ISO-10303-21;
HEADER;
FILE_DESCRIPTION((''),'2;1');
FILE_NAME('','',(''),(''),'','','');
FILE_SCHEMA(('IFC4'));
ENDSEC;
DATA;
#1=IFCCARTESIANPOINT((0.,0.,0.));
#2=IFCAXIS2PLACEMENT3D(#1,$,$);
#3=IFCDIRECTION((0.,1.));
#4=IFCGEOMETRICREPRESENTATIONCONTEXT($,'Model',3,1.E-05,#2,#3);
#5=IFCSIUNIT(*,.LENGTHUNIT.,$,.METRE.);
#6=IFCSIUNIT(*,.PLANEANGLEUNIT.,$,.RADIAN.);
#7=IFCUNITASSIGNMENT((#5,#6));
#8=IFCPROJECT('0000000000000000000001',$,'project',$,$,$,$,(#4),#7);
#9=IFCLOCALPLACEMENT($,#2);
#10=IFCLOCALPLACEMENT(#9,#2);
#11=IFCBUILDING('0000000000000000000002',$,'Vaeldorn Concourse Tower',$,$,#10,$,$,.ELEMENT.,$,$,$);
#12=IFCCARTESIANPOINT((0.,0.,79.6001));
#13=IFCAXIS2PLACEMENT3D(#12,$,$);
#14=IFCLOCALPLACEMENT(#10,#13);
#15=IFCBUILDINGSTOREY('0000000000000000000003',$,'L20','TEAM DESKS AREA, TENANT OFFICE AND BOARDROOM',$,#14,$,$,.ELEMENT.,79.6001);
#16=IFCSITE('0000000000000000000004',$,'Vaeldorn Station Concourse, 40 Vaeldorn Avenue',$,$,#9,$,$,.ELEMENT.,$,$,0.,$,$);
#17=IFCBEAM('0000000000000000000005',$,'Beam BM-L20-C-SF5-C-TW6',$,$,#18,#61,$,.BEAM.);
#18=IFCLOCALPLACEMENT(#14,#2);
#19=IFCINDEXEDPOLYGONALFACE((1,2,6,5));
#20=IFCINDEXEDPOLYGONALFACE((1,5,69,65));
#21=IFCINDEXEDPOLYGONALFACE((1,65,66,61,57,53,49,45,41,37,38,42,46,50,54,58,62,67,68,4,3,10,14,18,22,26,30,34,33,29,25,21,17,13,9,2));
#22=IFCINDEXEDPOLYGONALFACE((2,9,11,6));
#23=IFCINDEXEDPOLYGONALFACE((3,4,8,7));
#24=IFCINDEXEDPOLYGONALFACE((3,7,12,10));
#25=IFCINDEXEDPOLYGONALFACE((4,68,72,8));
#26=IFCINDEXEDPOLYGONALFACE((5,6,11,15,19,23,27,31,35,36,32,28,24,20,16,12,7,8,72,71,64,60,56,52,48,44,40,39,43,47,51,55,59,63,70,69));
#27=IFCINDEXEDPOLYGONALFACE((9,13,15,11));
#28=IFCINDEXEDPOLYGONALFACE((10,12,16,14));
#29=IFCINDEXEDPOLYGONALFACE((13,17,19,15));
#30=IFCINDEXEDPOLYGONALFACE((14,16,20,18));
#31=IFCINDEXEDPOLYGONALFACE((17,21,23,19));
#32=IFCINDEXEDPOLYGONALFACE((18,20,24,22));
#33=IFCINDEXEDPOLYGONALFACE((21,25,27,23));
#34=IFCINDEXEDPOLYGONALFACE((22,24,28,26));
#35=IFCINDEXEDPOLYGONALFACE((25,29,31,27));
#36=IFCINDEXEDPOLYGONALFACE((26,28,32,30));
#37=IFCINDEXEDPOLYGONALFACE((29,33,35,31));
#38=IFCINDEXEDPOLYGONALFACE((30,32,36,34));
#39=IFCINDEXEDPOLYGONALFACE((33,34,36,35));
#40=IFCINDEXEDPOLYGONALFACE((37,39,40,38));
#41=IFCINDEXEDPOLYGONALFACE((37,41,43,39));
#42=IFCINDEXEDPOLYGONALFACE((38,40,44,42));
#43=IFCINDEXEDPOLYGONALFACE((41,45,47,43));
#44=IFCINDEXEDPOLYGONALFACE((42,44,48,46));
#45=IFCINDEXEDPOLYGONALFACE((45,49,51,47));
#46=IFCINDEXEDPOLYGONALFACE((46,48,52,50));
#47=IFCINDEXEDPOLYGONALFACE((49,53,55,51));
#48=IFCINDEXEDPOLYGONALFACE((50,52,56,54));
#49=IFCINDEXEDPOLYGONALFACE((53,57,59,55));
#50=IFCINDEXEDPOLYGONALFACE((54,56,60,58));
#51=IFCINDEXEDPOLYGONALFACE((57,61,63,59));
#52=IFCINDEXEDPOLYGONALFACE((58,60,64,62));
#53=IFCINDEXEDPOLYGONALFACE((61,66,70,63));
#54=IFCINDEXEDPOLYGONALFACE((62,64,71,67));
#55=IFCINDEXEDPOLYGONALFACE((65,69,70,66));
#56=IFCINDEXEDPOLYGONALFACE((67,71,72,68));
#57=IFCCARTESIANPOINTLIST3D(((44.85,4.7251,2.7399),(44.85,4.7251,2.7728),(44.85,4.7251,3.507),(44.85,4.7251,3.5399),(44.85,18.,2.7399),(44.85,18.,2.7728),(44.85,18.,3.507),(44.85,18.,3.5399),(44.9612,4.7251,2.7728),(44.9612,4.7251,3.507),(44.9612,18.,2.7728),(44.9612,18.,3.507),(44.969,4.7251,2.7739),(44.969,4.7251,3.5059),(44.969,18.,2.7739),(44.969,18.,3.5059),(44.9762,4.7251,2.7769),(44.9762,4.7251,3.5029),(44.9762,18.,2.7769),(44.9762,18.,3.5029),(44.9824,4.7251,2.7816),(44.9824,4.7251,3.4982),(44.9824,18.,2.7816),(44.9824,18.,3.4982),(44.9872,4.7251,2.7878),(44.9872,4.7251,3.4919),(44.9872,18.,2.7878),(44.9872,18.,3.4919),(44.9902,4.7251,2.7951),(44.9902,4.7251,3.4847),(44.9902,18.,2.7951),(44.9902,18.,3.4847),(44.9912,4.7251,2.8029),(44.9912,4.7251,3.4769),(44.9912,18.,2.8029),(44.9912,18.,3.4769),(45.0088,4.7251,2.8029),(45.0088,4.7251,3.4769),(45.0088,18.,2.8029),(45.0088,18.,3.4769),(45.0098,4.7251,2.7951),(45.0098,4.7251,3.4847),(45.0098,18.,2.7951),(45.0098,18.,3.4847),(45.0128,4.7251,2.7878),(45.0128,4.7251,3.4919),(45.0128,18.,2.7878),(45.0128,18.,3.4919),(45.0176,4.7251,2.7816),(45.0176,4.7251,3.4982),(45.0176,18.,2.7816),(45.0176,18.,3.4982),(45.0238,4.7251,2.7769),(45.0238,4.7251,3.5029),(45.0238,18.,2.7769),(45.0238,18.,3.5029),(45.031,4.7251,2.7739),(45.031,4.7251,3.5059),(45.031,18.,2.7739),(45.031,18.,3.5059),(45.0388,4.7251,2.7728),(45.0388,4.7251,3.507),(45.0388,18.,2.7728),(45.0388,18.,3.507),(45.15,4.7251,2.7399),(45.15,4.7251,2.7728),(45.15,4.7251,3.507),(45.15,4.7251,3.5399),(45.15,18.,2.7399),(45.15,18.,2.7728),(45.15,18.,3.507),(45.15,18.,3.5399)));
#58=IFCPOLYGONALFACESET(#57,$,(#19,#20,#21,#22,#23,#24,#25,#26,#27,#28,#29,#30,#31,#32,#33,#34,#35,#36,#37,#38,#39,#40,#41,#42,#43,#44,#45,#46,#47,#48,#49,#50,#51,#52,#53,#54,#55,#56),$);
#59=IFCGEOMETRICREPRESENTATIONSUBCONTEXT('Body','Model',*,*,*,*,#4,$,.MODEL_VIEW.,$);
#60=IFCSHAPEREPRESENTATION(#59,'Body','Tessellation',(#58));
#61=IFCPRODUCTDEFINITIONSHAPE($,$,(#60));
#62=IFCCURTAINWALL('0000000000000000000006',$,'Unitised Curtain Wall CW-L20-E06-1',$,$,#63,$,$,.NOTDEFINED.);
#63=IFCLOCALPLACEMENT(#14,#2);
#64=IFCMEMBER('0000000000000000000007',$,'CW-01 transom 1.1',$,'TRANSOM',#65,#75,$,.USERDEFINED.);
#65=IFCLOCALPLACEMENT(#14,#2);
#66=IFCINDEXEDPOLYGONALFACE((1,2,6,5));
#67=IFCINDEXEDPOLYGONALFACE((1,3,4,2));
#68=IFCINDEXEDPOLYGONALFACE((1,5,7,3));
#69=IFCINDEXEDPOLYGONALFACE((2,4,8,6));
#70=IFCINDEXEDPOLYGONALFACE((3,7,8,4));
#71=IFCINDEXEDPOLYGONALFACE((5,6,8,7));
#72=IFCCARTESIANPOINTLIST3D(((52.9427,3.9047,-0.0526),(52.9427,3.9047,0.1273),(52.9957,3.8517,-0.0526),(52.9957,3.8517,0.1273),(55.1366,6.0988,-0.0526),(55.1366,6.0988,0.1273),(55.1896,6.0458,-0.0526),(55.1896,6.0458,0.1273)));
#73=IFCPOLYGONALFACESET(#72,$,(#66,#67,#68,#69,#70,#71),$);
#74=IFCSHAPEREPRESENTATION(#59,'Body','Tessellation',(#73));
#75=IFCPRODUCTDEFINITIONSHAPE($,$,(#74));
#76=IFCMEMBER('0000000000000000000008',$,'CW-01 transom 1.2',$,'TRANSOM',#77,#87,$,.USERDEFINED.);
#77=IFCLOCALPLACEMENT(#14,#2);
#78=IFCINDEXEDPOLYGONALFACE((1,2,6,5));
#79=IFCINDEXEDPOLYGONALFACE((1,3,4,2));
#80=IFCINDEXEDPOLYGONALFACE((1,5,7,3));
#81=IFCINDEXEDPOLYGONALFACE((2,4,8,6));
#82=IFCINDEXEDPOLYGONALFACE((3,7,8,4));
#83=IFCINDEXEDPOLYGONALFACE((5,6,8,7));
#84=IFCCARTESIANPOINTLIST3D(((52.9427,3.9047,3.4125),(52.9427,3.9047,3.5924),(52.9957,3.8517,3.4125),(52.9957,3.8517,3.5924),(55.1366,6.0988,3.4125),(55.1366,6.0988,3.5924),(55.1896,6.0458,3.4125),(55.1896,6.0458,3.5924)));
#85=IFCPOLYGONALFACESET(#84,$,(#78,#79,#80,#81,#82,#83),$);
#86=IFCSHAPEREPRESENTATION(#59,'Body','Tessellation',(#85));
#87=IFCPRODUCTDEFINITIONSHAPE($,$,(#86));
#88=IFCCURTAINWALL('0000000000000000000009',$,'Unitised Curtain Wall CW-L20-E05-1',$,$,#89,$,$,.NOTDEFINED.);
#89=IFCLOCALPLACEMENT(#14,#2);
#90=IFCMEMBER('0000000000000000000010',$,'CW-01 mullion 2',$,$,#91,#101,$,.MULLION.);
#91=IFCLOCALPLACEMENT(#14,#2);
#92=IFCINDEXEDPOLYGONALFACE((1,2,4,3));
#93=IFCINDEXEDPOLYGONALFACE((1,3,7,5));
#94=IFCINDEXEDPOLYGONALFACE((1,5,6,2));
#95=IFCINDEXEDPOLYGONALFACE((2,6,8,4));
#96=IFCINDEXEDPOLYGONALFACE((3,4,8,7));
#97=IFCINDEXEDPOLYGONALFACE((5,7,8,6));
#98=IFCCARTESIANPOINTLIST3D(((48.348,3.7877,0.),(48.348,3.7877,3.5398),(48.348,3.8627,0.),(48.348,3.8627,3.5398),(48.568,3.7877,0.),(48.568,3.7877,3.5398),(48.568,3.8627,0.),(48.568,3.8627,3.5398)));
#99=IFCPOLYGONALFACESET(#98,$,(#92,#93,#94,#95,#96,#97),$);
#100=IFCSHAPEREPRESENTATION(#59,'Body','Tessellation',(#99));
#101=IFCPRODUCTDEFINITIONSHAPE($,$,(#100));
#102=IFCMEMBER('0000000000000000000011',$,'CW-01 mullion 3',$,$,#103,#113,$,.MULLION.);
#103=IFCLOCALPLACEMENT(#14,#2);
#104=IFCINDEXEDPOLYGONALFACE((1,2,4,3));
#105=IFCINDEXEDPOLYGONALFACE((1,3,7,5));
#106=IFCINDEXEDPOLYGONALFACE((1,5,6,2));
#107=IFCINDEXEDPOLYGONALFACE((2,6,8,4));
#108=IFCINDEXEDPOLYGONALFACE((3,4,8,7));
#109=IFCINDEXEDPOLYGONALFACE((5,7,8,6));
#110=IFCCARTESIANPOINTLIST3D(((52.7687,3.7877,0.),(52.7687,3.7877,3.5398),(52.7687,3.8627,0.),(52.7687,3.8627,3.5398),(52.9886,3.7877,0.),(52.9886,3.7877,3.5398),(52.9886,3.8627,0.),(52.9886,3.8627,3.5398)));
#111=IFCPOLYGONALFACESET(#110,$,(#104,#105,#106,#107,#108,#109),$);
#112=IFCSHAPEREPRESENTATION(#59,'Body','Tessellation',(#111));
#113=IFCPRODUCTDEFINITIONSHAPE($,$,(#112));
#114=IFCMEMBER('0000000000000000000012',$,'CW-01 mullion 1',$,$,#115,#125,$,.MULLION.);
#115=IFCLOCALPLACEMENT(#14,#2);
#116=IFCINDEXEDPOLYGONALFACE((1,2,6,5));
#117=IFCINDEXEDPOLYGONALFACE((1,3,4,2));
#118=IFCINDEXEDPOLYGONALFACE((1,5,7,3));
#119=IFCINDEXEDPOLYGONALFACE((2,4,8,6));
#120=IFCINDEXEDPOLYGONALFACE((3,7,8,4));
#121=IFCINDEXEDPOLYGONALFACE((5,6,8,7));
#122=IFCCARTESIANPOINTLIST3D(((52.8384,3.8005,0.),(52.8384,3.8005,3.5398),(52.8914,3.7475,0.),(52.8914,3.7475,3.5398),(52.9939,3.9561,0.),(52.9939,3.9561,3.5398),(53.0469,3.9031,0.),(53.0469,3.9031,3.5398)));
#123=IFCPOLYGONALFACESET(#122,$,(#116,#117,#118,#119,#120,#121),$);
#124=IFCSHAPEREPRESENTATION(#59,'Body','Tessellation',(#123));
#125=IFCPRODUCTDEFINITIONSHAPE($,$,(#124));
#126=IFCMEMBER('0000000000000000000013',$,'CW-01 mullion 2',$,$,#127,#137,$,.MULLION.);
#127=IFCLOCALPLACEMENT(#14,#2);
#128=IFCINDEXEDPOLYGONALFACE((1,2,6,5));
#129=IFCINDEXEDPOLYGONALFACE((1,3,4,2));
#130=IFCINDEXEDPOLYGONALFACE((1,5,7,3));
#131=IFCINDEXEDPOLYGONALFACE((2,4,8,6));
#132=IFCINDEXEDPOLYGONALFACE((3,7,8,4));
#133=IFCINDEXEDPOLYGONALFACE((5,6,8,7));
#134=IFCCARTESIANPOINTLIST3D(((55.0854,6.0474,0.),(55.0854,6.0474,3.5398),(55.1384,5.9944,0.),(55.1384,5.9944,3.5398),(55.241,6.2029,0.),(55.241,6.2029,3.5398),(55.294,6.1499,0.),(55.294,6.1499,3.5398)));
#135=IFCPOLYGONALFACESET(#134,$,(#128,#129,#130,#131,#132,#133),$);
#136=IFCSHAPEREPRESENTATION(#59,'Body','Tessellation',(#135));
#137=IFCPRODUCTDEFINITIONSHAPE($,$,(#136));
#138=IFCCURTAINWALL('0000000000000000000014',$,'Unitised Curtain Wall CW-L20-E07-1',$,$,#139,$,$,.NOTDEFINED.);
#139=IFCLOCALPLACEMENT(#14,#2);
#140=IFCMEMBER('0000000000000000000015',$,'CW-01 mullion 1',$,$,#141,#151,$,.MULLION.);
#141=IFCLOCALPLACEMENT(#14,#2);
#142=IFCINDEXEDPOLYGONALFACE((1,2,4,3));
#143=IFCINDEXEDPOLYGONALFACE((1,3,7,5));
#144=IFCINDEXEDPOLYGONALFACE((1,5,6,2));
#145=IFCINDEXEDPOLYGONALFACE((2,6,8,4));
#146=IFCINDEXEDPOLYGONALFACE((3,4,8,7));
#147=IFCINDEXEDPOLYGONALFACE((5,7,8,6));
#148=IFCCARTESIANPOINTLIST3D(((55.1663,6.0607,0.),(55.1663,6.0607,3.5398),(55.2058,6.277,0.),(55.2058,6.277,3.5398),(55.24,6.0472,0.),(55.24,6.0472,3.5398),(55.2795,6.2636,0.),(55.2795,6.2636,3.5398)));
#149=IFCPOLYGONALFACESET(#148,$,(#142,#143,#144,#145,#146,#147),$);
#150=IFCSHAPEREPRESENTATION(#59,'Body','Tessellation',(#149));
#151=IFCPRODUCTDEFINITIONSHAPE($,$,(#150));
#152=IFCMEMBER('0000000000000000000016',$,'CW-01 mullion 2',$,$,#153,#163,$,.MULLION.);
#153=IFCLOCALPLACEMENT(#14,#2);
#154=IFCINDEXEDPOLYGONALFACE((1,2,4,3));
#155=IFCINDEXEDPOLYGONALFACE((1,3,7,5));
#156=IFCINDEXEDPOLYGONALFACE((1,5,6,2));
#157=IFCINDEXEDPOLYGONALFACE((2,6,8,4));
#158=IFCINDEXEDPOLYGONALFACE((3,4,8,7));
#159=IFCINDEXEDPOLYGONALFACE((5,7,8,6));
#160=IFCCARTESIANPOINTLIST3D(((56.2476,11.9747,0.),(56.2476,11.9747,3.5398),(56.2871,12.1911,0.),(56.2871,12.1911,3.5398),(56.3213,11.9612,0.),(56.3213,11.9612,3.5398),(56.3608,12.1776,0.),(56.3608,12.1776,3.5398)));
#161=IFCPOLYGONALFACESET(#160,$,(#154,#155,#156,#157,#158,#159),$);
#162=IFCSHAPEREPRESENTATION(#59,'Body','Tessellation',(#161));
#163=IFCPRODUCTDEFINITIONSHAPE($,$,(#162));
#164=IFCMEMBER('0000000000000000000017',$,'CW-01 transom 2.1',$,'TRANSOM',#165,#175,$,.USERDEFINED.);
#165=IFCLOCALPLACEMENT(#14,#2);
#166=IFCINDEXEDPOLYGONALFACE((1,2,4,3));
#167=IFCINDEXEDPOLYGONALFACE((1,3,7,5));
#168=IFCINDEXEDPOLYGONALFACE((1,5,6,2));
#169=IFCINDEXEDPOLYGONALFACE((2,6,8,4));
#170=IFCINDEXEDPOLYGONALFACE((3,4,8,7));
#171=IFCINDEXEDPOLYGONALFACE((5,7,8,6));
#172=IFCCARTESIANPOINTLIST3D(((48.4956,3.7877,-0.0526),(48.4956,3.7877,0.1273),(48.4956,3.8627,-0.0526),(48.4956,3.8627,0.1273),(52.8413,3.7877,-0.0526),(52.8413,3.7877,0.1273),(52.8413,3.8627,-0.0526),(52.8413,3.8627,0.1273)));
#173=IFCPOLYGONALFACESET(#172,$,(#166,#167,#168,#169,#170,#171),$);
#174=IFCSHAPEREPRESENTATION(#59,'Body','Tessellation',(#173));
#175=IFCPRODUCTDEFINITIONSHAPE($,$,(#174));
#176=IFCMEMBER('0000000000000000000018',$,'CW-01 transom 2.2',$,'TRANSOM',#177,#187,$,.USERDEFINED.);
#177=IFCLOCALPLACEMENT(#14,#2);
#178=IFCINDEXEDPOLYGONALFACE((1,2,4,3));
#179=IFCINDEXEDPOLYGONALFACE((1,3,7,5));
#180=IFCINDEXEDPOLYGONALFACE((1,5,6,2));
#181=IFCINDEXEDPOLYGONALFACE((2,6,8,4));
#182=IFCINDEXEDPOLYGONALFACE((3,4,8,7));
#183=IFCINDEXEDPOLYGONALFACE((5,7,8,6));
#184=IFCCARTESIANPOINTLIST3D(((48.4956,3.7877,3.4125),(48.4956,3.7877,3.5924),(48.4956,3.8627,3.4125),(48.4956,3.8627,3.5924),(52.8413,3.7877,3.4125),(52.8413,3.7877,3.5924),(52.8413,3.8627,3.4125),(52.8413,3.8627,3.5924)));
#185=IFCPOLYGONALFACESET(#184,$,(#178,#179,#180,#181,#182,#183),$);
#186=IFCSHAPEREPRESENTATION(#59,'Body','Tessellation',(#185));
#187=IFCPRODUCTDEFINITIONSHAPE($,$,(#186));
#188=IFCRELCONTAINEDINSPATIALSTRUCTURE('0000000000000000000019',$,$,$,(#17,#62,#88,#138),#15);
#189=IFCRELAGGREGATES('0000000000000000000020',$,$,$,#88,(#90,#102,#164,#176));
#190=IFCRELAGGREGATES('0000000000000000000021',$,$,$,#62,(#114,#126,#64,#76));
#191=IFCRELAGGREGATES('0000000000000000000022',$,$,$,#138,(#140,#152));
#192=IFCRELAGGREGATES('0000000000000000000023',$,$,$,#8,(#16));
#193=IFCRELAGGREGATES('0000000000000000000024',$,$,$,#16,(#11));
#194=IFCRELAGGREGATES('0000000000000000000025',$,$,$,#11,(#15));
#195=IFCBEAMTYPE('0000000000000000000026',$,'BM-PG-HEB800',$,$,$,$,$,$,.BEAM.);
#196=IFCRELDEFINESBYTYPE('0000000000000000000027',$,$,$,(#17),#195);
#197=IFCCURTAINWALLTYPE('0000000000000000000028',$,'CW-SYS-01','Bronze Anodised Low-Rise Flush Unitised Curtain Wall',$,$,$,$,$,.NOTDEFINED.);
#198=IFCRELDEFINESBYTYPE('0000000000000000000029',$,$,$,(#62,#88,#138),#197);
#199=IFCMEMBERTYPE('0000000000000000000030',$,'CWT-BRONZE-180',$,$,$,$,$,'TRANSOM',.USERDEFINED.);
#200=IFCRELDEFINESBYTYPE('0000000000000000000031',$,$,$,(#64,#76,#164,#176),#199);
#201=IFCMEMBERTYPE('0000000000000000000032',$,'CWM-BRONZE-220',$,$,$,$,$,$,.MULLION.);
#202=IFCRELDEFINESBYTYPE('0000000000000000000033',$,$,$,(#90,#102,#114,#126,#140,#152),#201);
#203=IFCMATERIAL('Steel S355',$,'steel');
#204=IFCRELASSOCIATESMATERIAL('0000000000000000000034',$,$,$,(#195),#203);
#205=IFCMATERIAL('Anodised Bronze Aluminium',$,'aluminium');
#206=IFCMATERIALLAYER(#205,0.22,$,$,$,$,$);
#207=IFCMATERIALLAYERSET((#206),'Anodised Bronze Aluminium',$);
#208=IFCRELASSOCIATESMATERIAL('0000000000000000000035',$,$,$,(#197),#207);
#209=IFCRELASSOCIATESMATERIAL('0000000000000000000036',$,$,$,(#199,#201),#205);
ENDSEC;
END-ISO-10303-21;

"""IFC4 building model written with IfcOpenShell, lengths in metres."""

from ifc_helpers import new_model, si_unit, direction, frame, origin, origin_2d, place, context, subcontext, project, spatial, rectangle, i_section, extrude, source, transform, mapped, material, layer, layer_set, material_profile, profile_set, type_object, element, aggregate, save


model = new_model("IFC4")

# Units and contexts
model_context = context("Model", 3, precision=1e-05, world=origin(), true_north=direction((0.0, 1.0)))
body_context = subcontext(model_context, "Body", "Model", "MODEL_VIEW")
ifc_project = project(units=[si_unit("LENGTHUNIT", "METRE"), si_unit("PLANEANGLEUNIT", "RADIAN")], contexts=[model_context])

# Site, building, storey
site_placement = place(None, origin())
site = spatial("IfcSite", under=ifc_project, at=site_placement, Name="Vaeldorn Station Concourse, 40 Vaeldorn Avenue", CompositionType="ELEMENT", RefElevation=0.0)
building_placement = place(site_placement, origin())
building = spatial("IfcBuilding", under=site, at=building_placement, Name="Vaeldorn Concourse Tower", CompositionType="ELEMENT")
storey_placement = place(building_placement, frame((0.0, 0.0, 79.6001)))
storey = spatial("IfcBuildingStorey", under=building, at=storey_placement, Name="L20", Description="TEAM DESKS AREA, TENANT OFFICE AND BOARDROOM", CompositionType="ELEMENT", Elevation=79.6001)

# Beam
ifc_material_1 = material(Name="Steel S355", Category="steel")
ifc_material_profile_1 = material_profile(ifc_material_1, i_section(OverallWidth=0.3, OverallDepth=0.8, WebThickness=0.0176, FlangeThickness=0.033, FilletRadius=0.03, at=origin_2d()), Name="HEB 800")
ifc_profile_set_1 = profile_set([ifc_material_profile_1], Name="Steel S355")
beam_type_1 = type_object("IfcBeamType", Name="BM-PG-HEB800", PredefinedType="BEAM", material=ifc_profile_set_1)
shared_shape_1 = source(origin(), body_context, "Body", "SweptSolid", [
    extrude(i_section(OverallWidth=0.3, OverallDepth=0.8, WebThickness=0.0176, FlangeThickness=0.033, FilletRadius=0.03, at=origin_2d()), origin(), (0.0, 0.0, 1.0), 13.2749),
])
beam_1_placement = place(storey_placement, frame((45.0, 4.7251, 3.1399), z_axis=(0.0, 1.0, 0.0), x_axis=(-1.0, 0.0, 0.0)))
element("IfcBeam", 1, at=beam_1_placement, inside=storey, type_object=beam_type_1, Name="Beam BM-L20-C-SF5-C-TW6", PredefinedType="BEAM", context=body_context, shape_type="MappedRepresentation", body=[
    mapped(shared_shape_1, transform((0.0, 0.0, 0.0), scale=1.0)),
])

# Curtain walls, members
ifc_material_2 = material(Name="Anodised Bronze Aluminium", Category="aluminium")
ifc_layer_1 = layer(ifc_material_2, 0.22)
ifc_layer_set_1 = layer_set([ifc_layer_1], Name="Anodised Bronze Aluminium")
curtain_wall_type = type_object("IfcCurtainWallType", Name="CW-SYS-01", Description="Bronze Anodised Low-Rise Flush Unitised Curtain Wall", PredefinedType="NOTDEFINED", material=ifc_layer_set_1)
curtain_wall_1_placement = place(storey_placement, origin())
curtain_wall_1 = element("IfcCurtainWall", 2, at=curtain_wall_1_placement, inside=storey, type_object=curtain_wall_type, Name="Unitised Curtain Wall CW-L20-E06-1", PredefinedType="NOTDEFINED")
ifc_material_profile_2 = material_profile(ifc_material_2, rectangle(XDim=0.075, YDim=0.1799, at=origin_2d()), Name="CWT 75x180")
ifc_profile_set_2 = profile_set([ifc_material_profile_2], Name="Anodised Bronze Aluminium")
member_type_1 = type_object("IfcMemberType", Name="CWT-BRONZE-180", ElementType="TRANSOM", PredefinedType="USERDEFINED", material=ifc_profile_set_2)
shared_shape_2 = source(origin(), body_context, "Body", "SweptSolid", [
    extrude(rectangle(XDim=0.075, YDim=0.1799, at=origin_2d()), origin(), (0.0, 0.0, 1.0), 3.1028),
])
member_1_placement = place(storey_placement, frame((52.9692, 3.8782, 0.0374), z_axis=(0.707067, 0.707146, 0.0), x_axis=(-0.707146, 0.707067, 0.0)))
member_1 = element("IfcMember", 3, at=member_1_placement, type_object=member_type_1, Name="CW-01 transom 1.1", ObjectType="TRANSOM", PredefinedType="USERDEFINED", context=body_context, shape_type="MappedRepresentation", body=[
    mapped(shared_shape_2, transform((0.0, 0.0, 0.0), scale=1.0)),
])
member_2_placement = place(storey_placement, frame((52.9692, 3.8782, 3.5024), z_axis=(0.707067, 0.707146, 0.0), x_axis=(-0.707146, 0.707067, 0.0)))
member_2 = element("IfcMember", 4, at=member_2_placement, type_object=member_type_1, Name="CW-01 transom 1.2", ObjectType="TRANSOM", PredefinedType="USERDEFINED", context=body_context, shape_type="MappedRepresentation", body=[
    mapped(shared_shape_2, transform((0.0, 0.0, 0.0), scale=1.0)),
])
curtain_wall_2_placement = place(storey_placement, origin())
curtain_wall_2 = element("IfcCurtainWall", 5, at=curtain_wall_2_placement, inside=storey, type_object=curtain_wall_type, Name="Unitised Curtain Wall CW-L20-E05-1", PredefinedType="NOTDEFINED")
ifc_material_profile_3 = material_profile(ifc_material_2, rectangle(XDim=0.075, YDim=0.22, at=origin_2d()), Name="CWM 75x220")
ifc_profile_set_3 = profile_set([ifc_material_profile_3], Name="Anodised Bronze Aluminium")
member_type_2 = type_object("IfcMemberType", Name="CWM-BRONZE-220", PredefinedType="MULLION", material=ifc_profile_set_3)
shared_shape_3 = source(origin(), body_context, "Body", "SweptSolid", [
    extrude(rectangle(XDim=0.075, YDim=0.22, at=origin_2d()), origin(), (0.0, 0.0, 1.0), 3.5398),
])
member_3_placement = place(storey_placement, frame((48.458, 3.8252, 0.0), z_axis=(0.0, 0.0, 1.0), x_axis=(0.0, 1.0, 0.0)))
member_3 = element("IfcMember", 6, at=member_3_placement, type_object=member_type_2, Name="CW-01 mullion 2", PredefinedType="MULLION", context=body_context, shape_type="MappedRepresentation", body=[
    mapped(shared_shape_3, transform((0.0, 0.0, 0.0), scale=1.0)),
])
member_4_placement = place(storey_placement, frame((52.8787, 3.8252, 0.0), z_axis=(0.0, 0.0, 1.0), x_axis=(0.0, 1.0, 0.0)))
member_4 = element("IfcMember", 7, at=member_4_placement, type_object=member_type_2, Name="CW-01 mullion 3", PredefinedType="MULLION", context=body_context, shape_type="MappedRepresentation", body=[
    mapped(shared_shape_3, transform((0.0, 0.0, 0.0), scale=1.0)),
])

# Members
member_5_placement = place(storey_placement, frame((52.9426, 3.8518, 0.0), z_axis=(0.0, 0.0, 1.0), x_axis=(-0.707107, 0.707107, 0.0)))
member_5 = element("IfcMember", 8, at=member_5_placement, type_object=member_type_2, Name="CW-01 mullion 1", PredefinedType="MULLION", context=body_context, shape_type="MappedRepresentation", body=[
    mapped(shared_shape_3, transform((0.0, 0.0, 0.0), scale=1.0)),
])
member_6_placement = place(storey_placement, frame((55.1897, 6.0986, 0.0), z_axis=(0.0, 0.0, 1.0), x_axis=(-0.707107, 0.707107, 0.0)))
member_6 = element("IfcMember", 9, at=member_6_placement, type_object=member_type_2, Name="CW-01 mullion 2", PredefinedType="MULLION", context=body_context, shape_type="MappedRepresentation", body=[
    mapped(shared_shape_3, transform((0.0, 0.0, 0.0), scale=1.0)),
])

# Curtain wall, members
curtain_wall_3_placement = place(storey_placement, origin())
curtain_wall_3 = element("IfcCurtainWall", 10, at=curtain_wall_3_placement, inside=storey, type_object=curtain_wall_type, Name="Unitised Curtain Wall CW-L20-E07-1", PredefinedType="NOTDEFINED")
member_7_placement = place(storey_placement, frame((55.2229, 6.1621, 0.0), z_axis=(0.0, 0.0, 1.0), x_axis=(-0.983695, 0.179847, 0.0)))
member_7 = element("IfcMember", 11, at=member_7_placement, type_object=member_type_2, Name="CW-01 mullion 1", PredefinedType="MULLION", context=body_context, shape_type="MappedRepresentation", body=[
    mapped(shared_shape_3, transform((0.0, 0.0, 0.0), scale=1.0)),
])
member_8_placement = place(storey_placement, frame((56.3042, 12.0762, 0.0), z_axis=(0.0, 0.0, 1.0), x_axis=(-0.983695, 0.179847, 0.0)))
member_8 = element("IfcMember", 12, at=member_8_placement, type_object=member_type_2, Name="CW-01 mullion 2", PredefinedType="MULLION", context=body_context, shape_type="MappedRepresentation", body=[
    mapped(shared_shape_3, transform((0.0, 0.0, 0.0), scale=1.0)),
])

# Members
shared_shape_4 = source(origin(), body_context, "Body", "SweptSolid", [
    extrude(rectangle(XDim=0.075, YDim=0.1799, at=origin_2d()), origin(), (0.0, 0.0, 1.0), 4.3457),
])
member_9_placement = place(storey_placement, frame((48.4956, 3.8252, 0.0374), z_axis=(1.0, 0.0, 0.0), x_axis=(0.0, 1.0, 0.0)))
member_9 = element("IfcMember", 13, at=member_9_placement, type_object=member_type_1, Name="CW-01 transom 2.1", ObjectType="TRANSOM", PredefinedType="USERDEFINED", context=body_context, shape_type="MappedRepresentation", body=[
    mapped(shared_shape_4, transform((0.0, 0.0, 0.0), scale=1.0)),
])
member_10_placement = place(storey_placement, frame((48.4956, 3.8252, 3.5024), z_axis=(1.0, 0.0, 0.0), x_axis=(0.0, 1.0, 0.0)))
member_10 = element("IfcMember", 14, at=member_10_placement, type_object=member_type_1, Name="CW-01 transom 2.2", ObjectType="TRANSOM", PredefinedType="USERDEFINED", context=body_context, shape_type="MappedRepresentation", body=[
    mapped(shared_shape_4, transform((0.0, 0.0, 0.0), scale=1.0)),
])

aggregate(curtain_wall_2, [member_3, member_4, member_9, member_10])
aggregate(curtain_wall_1, [member_5, member_6, member_1, member_2])
aggregate(curtain_wall_3, [member_7, member_8])

save(model, "model.ifc")
